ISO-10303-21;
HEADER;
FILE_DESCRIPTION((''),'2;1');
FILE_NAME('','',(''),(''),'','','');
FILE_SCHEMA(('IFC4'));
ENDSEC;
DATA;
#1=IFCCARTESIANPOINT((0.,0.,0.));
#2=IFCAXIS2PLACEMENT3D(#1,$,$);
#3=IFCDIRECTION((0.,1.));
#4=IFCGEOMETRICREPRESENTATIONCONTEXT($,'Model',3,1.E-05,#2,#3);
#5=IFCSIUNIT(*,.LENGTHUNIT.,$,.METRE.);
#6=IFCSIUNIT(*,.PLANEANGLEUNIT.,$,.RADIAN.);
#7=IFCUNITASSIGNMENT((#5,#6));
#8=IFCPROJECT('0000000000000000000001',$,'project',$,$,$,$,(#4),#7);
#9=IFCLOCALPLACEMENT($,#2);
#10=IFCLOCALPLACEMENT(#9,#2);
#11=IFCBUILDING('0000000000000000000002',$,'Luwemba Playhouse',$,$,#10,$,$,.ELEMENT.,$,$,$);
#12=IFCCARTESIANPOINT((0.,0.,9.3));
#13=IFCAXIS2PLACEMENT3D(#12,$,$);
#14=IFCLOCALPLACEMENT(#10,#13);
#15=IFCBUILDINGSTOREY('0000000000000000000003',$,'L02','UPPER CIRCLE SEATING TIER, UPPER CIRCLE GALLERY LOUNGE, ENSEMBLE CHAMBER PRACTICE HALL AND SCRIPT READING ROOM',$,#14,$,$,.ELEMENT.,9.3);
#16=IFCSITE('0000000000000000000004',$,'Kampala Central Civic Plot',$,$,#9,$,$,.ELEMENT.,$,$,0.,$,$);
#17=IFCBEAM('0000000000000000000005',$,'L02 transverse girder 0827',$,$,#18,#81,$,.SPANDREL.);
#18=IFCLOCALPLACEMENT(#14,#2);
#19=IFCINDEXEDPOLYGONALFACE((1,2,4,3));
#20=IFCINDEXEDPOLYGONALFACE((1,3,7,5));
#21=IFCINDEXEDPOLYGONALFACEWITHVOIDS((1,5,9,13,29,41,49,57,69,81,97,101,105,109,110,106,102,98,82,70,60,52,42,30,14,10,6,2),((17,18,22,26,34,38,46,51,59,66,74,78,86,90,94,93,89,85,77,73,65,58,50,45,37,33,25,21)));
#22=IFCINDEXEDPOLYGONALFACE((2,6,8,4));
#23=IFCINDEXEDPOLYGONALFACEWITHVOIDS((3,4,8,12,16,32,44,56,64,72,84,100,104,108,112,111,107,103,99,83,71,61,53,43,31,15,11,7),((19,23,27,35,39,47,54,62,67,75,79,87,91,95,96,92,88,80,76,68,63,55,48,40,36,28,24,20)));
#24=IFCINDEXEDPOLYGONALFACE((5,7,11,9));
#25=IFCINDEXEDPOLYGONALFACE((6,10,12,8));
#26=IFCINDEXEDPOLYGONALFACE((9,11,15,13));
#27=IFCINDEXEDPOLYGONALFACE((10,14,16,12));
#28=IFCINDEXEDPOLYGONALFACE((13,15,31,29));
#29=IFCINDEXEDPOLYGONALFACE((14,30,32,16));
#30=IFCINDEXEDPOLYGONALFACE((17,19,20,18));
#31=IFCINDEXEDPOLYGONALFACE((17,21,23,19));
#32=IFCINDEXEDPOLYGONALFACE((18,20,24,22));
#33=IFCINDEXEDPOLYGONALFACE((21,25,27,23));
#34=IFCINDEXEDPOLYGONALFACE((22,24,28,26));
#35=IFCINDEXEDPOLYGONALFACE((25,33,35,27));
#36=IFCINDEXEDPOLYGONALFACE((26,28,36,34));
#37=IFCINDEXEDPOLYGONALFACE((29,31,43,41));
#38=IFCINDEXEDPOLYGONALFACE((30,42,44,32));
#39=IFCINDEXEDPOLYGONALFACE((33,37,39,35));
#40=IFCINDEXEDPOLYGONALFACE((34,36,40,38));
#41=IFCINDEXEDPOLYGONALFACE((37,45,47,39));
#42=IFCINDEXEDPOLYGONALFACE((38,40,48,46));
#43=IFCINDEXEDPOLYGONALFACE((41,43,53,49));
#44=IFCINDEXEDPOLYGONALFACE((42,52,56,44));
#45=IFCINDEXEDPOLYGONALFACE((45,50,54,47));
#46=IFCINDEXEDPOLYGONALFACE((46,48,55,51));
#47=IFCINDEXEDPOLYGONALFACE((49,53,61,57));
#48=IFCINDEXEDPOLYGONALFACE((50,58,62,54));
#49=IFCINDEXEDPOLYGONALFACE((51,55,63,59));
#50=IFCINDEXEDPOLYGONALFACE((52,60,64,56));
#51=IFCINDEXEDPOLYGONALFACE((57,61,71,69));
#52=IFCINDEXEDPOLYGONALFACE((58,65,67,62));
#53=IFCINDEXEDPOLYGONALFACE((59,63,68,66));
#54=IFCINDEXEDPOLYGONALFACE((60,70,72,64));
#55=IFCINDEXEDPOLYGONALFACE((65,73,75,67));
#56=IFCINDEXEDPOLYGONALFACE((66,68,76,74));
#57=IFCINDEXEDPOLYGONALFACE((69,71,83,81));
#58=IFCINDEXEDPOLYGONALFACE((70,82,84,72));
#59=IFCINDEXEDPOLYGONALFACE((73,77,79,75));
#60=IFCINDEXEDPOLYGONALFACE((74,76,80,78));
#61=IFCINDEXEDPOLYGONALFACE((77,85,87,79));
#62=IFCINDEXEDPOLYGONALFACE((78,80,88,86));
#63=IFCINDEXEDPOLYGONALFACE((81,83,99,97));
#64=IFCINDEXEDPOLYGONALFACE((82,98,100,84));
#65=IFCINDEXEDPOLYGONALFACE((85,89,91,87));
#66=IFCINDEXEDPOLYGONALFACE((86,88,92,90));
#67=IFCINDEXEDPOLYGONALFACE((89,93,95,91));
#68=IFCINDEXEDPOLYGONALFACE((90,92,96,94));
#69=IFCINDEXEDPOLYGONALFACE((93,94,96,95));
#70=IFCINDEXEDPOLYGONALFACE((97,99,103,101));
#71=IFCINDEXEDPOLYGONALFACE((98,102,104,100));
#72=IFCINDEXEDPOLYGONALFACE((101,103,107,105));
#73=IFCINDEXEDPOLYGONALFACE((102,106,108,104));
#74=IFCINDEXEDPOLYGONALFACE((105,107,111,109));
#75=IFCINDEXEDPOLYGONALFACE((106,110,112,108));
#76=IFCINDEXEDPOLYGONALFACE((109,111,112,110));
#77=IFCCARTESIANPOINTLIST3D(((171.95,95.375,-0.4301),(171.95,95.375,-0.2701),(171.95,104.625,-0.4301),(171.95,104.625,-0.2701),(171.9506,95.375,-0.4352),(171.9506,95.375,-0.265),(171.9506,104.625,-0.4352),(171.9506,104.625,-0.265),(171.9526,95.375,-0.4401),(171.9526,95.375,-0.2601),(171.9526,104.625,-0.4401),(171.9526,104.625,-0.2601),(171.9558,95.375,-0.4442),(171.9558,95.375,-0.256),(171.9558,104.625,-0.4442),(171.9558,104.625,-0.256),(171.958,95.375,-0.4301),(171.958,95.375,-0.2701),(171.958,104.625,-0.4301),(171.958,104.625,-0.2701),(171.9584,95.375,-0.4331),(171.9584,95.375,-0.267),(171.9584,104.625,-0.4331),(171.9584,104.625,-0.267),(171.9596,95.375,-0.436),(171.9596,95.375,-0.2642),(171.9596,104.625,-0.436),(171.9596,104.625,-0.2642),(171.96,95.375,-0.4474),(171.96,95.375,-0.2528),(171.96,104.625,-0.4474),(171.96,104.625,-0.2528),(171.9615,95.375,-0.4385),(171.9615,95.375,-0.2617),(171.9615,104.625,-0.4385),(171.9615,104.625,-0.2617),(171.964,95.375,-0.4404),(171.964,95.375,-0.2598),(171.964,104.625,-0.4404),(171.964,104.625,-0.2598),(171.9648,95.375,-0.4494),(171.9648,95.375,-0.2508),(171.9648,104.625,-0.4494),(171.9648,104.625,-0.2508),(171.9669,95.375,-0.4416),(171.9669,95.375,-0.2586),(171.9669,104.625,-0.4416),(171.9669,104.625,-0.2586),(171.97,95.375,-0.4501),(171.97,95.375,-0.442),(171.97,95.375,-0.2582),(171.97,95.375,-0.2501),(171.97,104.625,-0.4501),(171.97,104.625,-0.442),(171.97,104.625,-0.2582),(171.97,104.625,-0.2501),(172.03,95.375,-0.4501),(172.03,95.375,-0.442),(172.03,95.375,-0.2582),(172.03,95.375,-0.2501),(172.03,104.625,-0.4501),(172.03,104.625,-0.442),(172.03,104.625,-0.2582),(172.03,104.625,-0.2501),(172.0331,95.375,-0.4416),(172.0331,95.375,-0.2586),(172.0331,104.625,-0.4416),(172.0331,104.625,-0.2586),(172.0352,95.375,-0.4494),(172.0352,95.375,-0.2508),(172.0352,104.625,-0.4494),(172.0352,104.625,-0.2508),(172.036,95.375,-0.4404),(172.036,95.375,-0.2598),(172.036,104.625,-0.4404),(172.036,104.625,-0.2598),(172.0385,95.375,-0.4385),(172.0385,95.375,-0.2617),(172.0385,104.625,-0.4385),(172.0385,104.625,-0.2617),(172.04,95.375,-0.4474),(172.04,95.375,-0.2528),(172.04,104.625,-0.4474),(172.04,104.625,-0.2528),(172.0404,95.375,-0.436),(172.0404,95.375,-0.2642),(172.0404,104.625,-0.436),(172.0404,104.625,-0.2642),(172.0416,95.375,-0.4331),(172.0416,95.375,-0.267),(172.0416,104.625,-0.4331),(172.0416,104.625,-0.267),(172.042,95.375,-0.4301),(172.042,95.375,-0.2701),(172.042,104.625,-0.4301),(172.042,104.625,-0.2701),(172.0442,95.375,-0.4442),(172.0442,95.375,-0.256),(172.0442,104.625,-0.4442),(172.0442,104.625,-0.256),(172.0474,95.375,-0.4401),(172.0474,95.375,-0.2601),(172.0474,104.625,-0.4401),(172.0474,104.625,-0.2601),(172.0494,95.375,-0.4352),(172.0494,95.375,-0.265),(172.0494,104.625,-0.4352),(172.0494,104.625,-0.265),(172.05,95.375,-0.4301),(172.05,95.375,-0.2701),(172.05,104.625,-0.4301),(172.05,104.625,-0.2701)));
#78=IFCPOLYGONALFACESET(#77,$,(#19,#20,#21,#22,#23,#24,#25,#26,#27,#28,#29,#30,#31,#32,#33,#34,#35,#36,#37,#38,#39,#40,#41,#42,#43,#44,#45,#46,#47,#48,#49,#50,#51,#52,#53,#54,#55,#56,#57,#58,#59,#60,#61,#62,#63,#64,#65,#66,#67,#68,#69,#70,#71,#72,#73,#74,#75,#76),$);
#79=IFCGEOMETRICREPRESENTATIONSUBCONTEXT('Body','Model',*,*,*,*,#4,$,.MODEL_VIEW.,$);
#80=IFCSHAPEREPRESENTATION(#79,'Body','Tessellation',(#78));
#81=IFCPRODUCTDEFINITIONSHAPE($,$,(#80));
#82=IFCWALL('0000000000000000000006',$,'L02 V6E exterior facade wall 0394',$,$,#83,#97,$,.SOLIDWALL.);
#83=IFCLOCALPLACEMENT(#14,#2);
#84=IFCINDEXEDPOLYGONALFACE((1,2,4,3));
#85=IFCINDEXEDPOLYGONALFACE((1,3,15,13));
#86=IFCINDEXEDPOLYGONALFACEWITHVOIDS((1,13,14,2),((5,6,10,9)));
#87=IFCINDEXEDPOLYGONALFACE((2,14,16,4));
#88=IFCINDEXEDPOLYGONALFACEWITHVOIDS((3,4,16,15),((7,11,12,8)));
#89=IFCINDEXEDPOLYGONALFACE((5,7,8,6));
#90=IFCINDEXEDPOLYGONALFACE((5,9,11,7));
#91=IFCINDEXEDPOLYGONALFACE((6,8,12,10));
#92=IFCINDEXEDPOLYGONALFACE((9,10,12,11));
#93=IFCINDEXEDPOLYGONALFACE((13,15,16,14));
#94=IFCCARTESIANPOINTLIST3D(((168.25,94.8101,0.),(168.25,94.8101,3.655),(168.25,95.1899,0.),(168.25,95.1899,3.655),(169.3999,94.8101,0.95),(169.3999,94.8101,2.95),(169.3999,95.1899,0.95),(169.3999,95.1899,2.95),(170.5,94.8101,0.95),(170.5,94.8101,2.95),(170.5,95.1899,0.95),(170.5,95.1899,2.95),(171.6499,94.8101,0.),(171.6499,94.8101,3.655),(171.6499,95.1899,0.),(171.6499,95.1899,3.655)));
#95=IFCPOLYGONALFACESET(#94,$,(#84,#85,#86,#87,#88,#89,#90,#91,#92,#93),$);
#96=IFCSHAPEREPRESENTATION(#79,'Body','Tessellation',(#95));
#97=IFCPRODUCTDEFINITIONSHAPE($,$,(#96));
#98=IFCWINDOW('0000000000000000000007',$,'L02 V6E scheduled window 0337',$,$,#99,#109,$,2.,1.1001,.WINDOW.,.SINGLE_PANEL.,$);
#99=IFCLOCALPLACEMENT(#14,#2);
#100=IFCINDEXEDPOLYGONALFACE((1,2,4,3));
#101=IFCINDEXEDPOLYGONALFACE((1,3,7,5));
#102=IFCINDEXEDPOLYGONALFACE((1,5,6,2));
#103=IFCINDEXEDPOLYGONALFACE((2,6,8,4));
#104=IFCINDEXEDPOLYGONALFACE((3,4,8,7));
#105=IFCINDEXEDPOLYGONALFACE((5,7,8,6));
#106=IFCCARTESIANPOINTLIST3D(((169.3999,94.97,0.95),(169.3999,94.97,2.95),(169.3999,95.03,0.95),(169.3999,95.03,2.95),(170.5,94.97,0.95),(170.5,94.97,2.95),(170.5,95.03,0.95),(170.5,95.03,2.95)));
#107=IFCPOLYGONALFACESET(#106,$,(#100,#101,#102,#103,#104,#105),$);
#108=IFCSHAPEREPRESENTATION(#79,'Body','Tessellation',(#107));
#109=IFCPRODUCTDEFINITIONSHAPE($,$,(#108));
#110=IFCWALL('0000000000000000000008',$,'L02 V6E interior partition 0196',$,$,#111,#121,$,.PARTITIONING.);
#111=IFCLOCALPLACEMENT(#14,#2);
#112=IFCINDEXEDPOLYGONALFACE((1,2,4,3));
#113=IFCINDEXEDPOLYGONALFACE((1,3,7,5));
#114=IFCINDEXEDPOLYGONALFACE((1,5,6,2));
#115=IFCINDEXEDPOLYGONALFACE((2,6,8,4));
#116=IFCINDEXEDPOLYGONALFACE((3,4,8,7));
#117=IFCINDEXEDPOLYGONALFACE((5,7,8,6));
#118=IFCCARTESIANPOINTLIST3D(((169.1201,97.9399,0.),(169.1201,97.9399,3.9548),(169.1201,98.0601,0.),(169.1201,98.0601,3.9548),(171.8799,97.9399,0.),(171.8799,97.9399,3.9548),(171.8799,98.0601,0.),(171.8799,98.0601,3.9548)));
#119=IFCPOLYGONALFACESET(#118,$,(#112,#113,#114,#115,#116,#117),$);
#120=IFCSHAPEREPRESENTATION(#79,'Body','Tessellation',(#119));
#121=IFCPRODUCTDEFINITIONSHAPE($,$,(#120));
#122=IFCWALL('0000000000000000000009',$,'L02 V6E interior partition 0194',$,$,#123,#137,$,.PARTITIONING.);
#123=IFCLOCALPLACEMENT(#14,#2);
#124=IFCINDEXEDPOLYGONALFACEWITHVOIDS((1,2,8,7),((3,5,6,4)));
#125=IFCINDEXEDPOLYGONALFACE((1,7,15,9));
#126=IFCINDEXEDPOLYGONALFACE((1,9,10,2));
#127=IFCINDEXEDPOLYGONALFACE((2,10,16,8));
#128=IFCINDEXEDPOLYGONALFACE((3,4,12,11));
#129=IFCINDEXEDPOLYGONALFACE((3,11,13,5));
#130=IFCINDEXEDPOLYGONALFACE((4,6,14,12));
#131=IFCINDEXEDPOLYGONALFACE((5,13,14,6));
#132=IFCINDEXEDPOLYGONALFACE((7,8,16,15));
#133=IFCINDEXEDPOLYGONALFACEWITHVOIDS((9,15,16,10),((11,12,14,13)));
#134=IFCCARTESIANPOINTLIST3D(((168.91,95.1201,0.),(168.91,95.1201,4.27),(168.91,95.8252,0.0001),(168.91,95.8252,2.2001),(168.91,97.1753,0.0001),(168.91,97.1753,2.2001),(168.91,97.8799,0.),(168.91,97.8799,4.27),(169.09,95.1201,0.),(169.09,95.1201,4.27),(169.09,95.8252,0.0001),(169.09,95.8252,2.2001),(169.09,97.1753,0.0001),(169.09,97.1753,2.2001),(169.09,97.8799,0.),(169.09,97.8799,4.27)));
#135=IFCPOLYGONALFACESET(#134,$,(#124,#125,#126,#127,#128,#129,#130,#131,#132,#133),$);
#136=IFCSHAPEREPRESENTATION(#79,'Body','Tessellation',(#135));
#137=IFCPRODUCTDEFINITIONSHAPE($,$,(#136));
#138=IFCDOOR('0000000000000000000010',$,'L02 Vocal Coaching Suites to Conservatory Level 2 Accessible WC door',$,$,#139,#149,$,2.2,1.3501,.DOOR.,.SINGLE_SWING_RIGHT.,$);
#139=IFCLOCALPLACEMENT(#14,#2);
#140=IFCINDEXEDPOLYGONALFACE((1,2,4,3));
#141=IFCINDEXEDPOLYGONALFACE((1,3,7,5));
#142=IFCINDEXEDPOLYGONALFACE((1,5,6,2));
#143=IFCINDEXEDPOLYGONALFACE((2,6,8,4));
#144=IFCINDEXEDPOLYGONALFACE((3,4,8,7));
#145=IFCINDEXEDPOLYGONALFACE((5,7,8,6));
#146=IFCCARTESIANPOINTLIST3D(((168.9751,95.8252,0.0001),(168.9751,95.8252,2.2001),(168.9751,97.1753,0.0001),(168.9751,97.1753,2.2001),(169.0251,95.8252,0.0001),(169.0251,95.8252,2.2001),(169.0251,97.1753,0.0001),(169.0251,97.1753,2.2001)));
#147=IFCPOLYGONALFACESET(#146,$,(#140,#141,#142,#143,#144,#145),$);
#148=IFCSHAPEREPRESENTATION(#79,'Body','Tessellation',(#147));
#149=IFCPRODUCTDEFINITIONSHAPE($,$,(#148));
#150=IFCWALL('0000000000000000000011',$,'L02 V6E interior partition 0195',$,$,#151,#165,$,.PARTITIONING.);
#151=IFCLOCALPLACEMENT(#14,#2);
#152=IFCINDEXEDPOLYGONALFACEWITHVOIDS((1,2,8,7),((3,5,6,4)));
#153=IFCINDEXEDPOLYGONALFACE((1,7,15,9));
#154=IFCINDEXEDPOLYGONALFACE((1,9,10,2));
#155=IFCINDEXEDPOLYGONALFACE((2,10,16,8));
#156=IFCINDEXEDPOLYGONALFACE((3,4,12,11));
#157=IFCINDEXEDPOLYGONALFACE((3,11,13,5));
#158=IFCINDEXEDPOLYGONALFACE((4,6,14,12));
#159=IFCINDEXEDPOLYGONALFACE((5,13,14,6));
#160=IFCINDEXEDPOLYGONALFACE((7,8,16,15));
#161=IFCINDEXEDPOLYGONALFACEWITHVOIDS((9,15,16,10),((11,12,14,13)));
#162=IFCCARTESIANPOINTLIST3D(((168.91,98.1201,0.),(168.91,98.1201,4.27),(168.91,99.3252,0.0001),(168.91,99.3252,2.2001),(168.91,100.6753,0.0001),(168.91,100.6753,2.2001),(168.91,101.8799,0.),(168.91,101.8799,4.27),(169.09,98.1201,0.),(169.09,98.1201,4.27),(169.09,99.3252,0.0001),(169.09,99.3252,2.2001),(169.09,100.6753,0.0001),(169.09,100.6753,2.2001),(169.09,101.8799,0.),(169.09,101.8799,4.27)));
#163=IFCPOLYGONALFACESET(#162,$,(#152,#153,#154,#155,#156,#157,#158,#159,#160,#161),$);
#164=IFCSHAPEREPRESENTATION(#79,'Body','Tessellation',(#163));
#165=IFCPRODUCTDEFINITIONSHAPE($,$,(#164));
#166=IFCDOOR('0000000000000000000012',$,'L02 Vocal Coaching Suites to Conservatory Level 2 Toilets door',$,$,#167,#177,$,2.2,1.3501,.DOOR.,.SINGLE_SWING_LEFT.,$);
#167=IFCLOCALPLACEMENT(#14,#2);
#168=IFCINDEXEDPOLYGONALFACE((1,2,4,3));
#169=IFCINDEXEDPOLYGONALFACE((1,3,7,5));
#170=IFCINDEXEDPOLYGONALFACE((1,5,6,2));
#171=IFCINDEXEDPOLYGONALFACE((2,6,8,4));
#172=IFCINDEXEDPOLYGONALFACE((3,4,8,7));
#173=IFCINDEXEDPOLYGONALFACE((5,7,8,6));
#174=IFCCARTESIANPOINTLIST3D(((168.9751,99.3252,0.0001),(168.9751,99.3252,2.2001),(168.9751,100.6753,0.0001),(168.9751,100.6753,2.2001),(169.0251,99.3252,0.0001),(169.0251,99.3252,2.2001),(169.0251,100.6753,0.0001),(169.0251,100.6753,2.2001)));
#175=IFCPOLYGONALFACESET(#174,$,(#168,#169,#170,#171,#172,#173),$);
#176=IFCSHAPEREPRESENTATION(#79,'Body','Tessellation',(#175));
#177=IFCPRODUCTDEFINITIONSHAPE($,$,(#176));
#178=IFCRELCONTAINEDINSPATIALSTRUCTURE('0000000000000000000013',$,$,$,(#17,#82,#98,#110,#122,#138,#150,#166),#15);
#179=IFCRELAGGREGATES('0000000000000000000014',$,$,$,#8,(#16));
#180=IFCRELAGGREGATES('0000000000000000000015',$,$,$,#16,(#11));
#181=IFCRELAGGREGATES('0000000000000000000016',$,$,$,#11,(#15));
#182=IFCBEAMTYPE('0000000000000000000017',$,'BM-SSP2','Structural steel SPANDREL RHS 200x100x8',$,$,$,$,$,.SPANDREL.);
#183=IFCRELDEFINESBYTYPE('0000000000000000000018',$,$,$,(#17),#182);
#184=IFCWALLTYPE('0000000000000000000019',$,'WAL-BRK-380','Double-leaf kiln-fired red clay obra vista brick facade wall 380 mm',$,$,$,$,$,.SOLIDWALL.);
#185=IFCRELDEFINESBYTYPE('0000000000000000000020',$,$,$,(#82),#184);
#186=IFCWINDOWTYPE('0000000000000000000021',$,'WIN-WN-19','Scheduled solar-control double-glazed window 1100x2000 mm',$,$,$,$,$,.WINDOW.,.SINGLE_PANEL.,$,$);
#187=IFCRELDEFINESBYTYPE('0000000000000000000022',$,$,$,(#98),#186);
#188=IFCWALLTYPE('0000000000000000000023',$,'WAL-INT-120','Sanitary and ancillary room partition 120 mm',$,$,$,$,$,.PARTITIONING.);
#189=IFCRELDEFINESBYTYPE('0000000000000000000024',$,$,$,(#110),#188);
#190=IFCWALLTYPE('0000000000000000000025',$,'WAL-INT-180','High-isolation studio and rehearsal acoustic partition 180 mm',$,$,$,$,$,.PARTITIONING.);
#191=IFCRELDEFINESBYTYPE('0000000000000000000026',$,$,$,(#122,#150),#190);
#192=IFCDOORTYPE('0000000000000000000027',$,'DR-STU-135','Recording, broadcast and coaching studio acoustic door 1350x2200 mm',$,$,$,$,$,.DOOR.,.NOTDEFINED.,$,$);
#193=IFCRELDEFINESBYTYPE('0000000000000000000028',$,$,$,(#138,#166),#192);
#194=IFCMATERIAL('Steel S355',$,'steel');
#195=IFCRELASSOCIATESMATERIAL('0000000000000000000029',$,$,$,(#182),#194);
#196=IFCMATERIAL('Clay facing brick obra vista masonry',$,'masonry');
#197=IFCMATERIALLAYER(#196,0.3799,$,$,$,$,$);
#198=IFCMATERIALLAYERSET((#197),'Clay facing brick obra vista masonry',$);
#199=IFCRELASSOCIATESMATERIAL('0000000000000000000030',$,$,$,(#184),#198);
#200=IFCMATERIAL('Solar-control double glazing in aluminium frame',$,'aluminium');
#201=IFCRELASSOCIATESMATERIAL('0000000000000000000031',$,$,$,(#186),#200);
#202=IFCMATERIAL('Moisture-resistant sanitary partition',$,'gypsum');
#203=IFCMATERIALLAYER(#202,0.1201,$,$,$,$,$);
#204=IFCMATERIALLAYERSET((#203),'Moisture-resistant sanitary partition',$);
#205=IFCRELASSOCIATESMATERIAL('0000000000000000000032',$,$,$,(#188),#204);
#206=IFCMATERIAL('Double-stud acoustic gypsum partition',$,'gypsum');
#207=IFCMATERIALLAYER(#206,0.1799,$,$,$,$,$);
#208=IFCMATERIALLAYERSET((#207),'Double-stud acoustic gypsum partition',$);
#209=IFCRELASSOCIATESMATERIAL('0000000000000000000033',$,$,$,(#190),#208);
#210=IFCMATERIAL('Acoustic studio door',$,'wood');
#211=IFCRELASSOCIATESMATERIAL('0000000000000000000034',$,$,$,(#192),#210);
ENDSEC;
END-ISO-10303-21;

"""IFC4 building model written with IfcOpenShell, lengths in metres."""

from ifc_helpers import new_model, si_unit, direction, frame, frame_2d, origin, origin_2d, place, context, subcontext, project, spatial, rectangle, hollow_rectangle, extrude, material, layer, layer_set, material_profile, profile_set, type_object, element, fill, save


model = new_model("IFC4")

# Units and contexts
model_context = context("Model", 3, precision=1e-05, world=origin(), true_north=direction((0.0, 1.0)))
body_context = subcontext(model_context, "Body", "Model", "MODEL_VIEW")
ifc_project = project(units=[si_unit("LENGTHUNIT", "METRE"), si_unit("PLANEANGLEUNIT", "RADIAN")], contexts=[model_context])

# Site, building, storey
site_placement = place(None, origin())
site = spatial("IfcSite", under=ifc_project, at=site_placement, Name="Kampala Central Civic Plot", CompositionType="ELEMENT", RefElevation=0.0)
building_placement = place(site_placement, origin())
building = spatial("IfcBuilding", under=site, at=building_placement, Name="Luwemba Playhouse", CompositionType="ELEMENT")
storey_placement = place(building_placement, frame((0.0, 0.0, 9.3)))
storey = spatial("IfcBuildingStorey", under=building, at=storey_placement, Name="L02", Description="UPPER CIRCLE SEATING TIER, UPPER CIRCLE GALLERY LOUNGE, ENSEMBLE CHAMBER PRACTICE HALL AND SCRIPT READING ROOM", CompositionType="ELEMENT", Elevation=9.3)

# Beam
ifc_material_1 = material(Name="Steel S355", Category="steel")
ifc_material_profile_1 = material_profile(ifc_material_1, hollow_rectangle(XDim=0.1001, YDim=0.2, WallThickness=0.0081, InnerFilletRadius=0.012, OuterFilletRadius=0.02, at=origin_2d()))
ifc_profile_set_1 = profile_set([ifc_material_profile_1], Name="Steel S355")
beam_type_1 = type_object("IfcBeamType", Name="BM-SSP2", Description="Structural steel SPANDREL RHS 200x100x8", PredefinedType="SPANDREL", material=ifc_profile_set_1)
beam_1_placement = place(storey_placement, frame((172.0, 95.375, -0.3501), z_axis=(0.0, 1.0, 0.0), x_axis=(-1.0, 0.0, 0.0)))
element("IfcBeam", 1, at=beam_1_placement, inside=storey, type_object=beam_type_1, Name="L02 transverse girder 0827", PredefinedType="SPANDREL", context=body_context, shape_type="SweptSolid", body=[
    extrude(hollow_rectangle(XDim=0.1001, YDim=0.2, WallThickness=0.0081, InnerFilletRadius=0.012, OuterFilletRadius=0.02, at=origin_2d()), origin(), (0.0, 0.0, 1.0), 9.25),
])

# Wall, opening, window
ifc_material_2 = material(Name="Clay facing brick obra vista masonry", Category="masonry")
ifc_layer_1 = layer(ifc_material_2, 0.3799)
ifc_layer_set_1 = layer_set([ifc_layer_1], Name="Clay facing brick obra vista masonry")
wall_type_1 = type_object("IfcWallType", Name="WAL-BRK-380", Description="Double-leaf kiln-fired red clay obra vista brick facade wall 380 mm", PredefinedType="SOLIDWALL", material=ifc_layer_set_1)
wall_1_placement = place(storey_placement, frame((171.6499, 95.0, 0.0), z_axis=(0.0, 0.0, 1.0), x_axis=(-1.0, 0.0, 0.0)))
wall_1 = element("IfcWall", 2, at=wall_1_placement, inside=storey, type_object=wall_type_1, Name="L02 V6E exterior facade wall 0394", PredefinedType="SOLIDWALL", context=body_context, shape_type="SweptSolid", body=[
    extrude(rectangle(XDim=3.3999, YDim=0.3799, at=frame_2d((1.7, 0.0))), origin(), (0.0, 0.0, 1.0), 3.655),
])
opening_1_placement = place(wall_1_placement, frame((1.1499, 0.0, 0.95)))
opening_1 = element("IfcOpeningElement", 3, at=opening_1_placement, cuts=wall_1, PredefinedType="OPENING", context=body_context, shape_type="SweptSolid", body=[
    extrude(rectangle(XDim=1.1001, YDim=2.0, at=frame_2d((0.55, 1.0))), frame((0.0, 0.2, 0.0), z_axis=(0.0, -1.0, 0.0), x_axis=(1.0, 0.0, 0.0)), (0.0, 0.0, 1.0), 0.3999),
])
ifc_material_3 = material(Name="Solar-control double glazing in aluminium frame", Category="aluminium")
window_type_1 = type_object("IfcWindowType", Name="WIN-WN-19", Description="Scheduled solar-control double-glazed window 1100x2000 mm", PartitioningType="SINGLE_PANEL", PredefinedType="WINDOW", material=ifc_material_3)
window_1_placement = place(opening_1_placement, origin())
window_1 = element("IfcWindow", 4, at=window_1_placement, inside=storey, type_object=window_type_1, Name="L02 V6E scheduled window 0337", OverallHeight=2.0, OverallWidth=1.1001, PartitioningType="SINGLE_PANEL", PredefinedType="WINDOW", context=body_context, shape_type="SweptSolid", body=[
    extrude(rectangle(XDim=1.1001, YDim=2.0, at=frame_2d((0.55, 1.0))), frame((0.0, 0.03, 0.0), z_axis=(0.0, -1.0, 0.0), x_axis=(1.0, 0.0, 0.0)), (0.0, 0.0, 1.0), 0.0601),
])
fill(opening_1, window_1)

# Wall
ifc_material_4 = material(Name="Moisture-resistant sanitary partition", Category="gypsum")
ifc_layer_2 = layer(ifc_material_4, 0.1201)
ifc_layer_set_2 = layer_set([ifc_layer_2], Name="Moisture-resistant sanitary partition")
wall_type_2 = type_object("IfcWallType", Name="WAL-INT-120", Description="Sanitary and ancillary room partition 120 mm", PredefinedType="PARTITIONING", material=ifc_layer_set_2)
wall_2_placement = place(storey_placement, frame((169.1201, 98.0, 0.0), z_axis=(0.0, 0.0, 1.0), x_axis=(1.0, 0.0, 0.0)))
element("IfcWall", 5, at=wall_2_placement, inside=storey, type_object=wall_type_2, Name="L02 V6E interior partition 0196", PredefinedType="PARTITIONING", context=body_context, shape_type="SweptSolid", body=[
    extrude(rectangle(XDim=2.7598, YDim=0.1201, at=frame_2d((1.3799, 0.0))), origin(), (0.0, 0.0, 1.0), 3.9548),
])

# Walls, openings, doors
ifc_material_5 = material(Name="Double-stud acoustic gypsum partition", Category="gypsum")
ifc_layer_3 = layer(ifc_material_5, 0.1799)
ifc_layer_set_3 = layer_set([ifc_layer_3], Name="Double-stud acoustic gypsum partition")
wall_type_3 = type_object("IfcWallType", Name="WAL-INT-180", Description="High-isolation studio and rehearsal acoustic partition 180 mm", PredefinedType="PARTITIONING", material=ifc_layer_set_3)
wall_3_placement = place(storey_placement, frame((169.0, 95.1201, 0.0), z_axis=(0.0, 0.0, 1.0), x_axis=(0.0, 1.0, 0.0)))
wall_3 = element("IfcWall", 6, at=wall_3_placement, inside=storey, type_object=wall_type_3, Name="L02 V6E interior partition 0194", PredefinedType="PARTITIONING", context=body_context, shape_type="SweptSolid", body=[
    extrude(rectangle(XDim=2.7598, YDim=0.1799, at=frame_2d((1.3799, 0.0))), origin(), (0.0, 0.0, 1.0), 4.27),
])
opening_2_placement = place(wall_3_placement, frame((0.7051, 0.0, 0.0)))
opening_2 = element("IfcOpeningElement", 7, at=opening_2_placement, cuts=wall_3, PredefinedType="OPENING", context=body_context, shape_type="SweptSolid", body=[
    extrude(rectangle(XDim=1.3501, YDim=2.2, at=frame_2d((0.675, 1.1001))), frame((0.0, 0.0999, 0.0), z_axis=(0.0, -1.0, 0.0), x_axis=(1.0, 0.0, 0.0)), (0.0, 0.0, 1.0), 0.2),
])
ifc_material_6 = material(Name="Acoustic studio door", Category="wood")
door_type = type_object("IfcDoorType", Name="DR-STU-135", Description="Recording, broadcast and coaching studio acoustic door 1350x2200 mm", OperationType="NOTDEFINED", PredefinedType="DOOR", material=ifc_material_6)
door_1_placement = place(opening_2_placement, origin())
door_1 = element("IfcDoor", 8, at=door_1_placement, inside=storey, type_object=door_type, Name="L02 Vocal Coaching Suites to Conservatory Level 2 Accessible WC door", OperationType="SINGLE_SWING_RIGHT", OverallHeight=2.2, OverallWidth=1.3501, PredefinedType="DOOR", context=body_context, shape_type="SweptSolid", body=[
    extrude(rectangle(XDim=1.3501, YDim=2.2, at=frame_2d((0.675, 1.1001))), frame((0.0, 0.0249, 0.0), z_axis=(0.0, -1.0, 0.0), x_axis=(1.0, 0.0, 0.0)), (0.0, 0.0, 1.0), 0.05),
])
fill(opening_2, door_1)
wall_4_placement = place(storey_placement, frame((169.0, 98.1201, 0.0), z_axis=(0.0, 0.0, 1.0), x_axis=(0.0, 1.0, 0.0)))
wall_4 = element("IfcWall", 9, at=wall_4_placement, inside=storey, type_object=wall_type_3, Name="L02 V6E interior partition 0195", PredefinedType="PARTITIONING", context=body_context, shape_type="SweptSolid", body=[
    extrude(rectangle(XDim=3.7598, YDim=0.1799, at=frame_2d((1.8799, 0.0))), origin(), (0.0, 0.0, 1.0), 4.27),
])
opening_3_placement = place(wall_4_placement, frame((1.2051, 0.0, 0.0)))
opening_3 = element("IfcOpeningElement", 10, at=opening_3_placement, cuts=wall_4, PredefinedType="OPENING", context=body_context, shape_type="SweptSolid", body=[
    extrude(rectangle(XDim=1.3501, YDim=2.2, at=frame_2d((0.675, 1.1001))), frame((0.0, 0.0999, 0.0), z_axis=(0.0, -1.0, 0.0), x_axis=(1.0, 0.0, 0.0)), (0.0, 0.0, 1.0), 0.2),
])
door_2_placement = place(opening_3_placement, origin())
door_2 = element("IfcDoor", 11, at=door_2_placement, inside=storey, type_object=door_type, Name="L02 Vocal Coaching Suites to Conservatory Level 2 Toilets door", OperationType="SINGLE_SWING_LEFT", OverallHeight=2.2, OverallWidth=1.3501, PredefinedType="DOOR", context=body_context, shape_type="SweptSolid", body=[
    extrude(rectangle(XDim=1.3501, YDim=2.2, at=frame_2d((0.675, 1.1001))), frame((0.0, 0.0249, 0.0), z_axis=(0.0, -1.0, 0.0), x_axis=(1.0, 0.0, 0.0)), (0.0, 0.0, 1.0), 0.05),
])
fill(opening_3, door_2)

save(model, "model.ifc")
